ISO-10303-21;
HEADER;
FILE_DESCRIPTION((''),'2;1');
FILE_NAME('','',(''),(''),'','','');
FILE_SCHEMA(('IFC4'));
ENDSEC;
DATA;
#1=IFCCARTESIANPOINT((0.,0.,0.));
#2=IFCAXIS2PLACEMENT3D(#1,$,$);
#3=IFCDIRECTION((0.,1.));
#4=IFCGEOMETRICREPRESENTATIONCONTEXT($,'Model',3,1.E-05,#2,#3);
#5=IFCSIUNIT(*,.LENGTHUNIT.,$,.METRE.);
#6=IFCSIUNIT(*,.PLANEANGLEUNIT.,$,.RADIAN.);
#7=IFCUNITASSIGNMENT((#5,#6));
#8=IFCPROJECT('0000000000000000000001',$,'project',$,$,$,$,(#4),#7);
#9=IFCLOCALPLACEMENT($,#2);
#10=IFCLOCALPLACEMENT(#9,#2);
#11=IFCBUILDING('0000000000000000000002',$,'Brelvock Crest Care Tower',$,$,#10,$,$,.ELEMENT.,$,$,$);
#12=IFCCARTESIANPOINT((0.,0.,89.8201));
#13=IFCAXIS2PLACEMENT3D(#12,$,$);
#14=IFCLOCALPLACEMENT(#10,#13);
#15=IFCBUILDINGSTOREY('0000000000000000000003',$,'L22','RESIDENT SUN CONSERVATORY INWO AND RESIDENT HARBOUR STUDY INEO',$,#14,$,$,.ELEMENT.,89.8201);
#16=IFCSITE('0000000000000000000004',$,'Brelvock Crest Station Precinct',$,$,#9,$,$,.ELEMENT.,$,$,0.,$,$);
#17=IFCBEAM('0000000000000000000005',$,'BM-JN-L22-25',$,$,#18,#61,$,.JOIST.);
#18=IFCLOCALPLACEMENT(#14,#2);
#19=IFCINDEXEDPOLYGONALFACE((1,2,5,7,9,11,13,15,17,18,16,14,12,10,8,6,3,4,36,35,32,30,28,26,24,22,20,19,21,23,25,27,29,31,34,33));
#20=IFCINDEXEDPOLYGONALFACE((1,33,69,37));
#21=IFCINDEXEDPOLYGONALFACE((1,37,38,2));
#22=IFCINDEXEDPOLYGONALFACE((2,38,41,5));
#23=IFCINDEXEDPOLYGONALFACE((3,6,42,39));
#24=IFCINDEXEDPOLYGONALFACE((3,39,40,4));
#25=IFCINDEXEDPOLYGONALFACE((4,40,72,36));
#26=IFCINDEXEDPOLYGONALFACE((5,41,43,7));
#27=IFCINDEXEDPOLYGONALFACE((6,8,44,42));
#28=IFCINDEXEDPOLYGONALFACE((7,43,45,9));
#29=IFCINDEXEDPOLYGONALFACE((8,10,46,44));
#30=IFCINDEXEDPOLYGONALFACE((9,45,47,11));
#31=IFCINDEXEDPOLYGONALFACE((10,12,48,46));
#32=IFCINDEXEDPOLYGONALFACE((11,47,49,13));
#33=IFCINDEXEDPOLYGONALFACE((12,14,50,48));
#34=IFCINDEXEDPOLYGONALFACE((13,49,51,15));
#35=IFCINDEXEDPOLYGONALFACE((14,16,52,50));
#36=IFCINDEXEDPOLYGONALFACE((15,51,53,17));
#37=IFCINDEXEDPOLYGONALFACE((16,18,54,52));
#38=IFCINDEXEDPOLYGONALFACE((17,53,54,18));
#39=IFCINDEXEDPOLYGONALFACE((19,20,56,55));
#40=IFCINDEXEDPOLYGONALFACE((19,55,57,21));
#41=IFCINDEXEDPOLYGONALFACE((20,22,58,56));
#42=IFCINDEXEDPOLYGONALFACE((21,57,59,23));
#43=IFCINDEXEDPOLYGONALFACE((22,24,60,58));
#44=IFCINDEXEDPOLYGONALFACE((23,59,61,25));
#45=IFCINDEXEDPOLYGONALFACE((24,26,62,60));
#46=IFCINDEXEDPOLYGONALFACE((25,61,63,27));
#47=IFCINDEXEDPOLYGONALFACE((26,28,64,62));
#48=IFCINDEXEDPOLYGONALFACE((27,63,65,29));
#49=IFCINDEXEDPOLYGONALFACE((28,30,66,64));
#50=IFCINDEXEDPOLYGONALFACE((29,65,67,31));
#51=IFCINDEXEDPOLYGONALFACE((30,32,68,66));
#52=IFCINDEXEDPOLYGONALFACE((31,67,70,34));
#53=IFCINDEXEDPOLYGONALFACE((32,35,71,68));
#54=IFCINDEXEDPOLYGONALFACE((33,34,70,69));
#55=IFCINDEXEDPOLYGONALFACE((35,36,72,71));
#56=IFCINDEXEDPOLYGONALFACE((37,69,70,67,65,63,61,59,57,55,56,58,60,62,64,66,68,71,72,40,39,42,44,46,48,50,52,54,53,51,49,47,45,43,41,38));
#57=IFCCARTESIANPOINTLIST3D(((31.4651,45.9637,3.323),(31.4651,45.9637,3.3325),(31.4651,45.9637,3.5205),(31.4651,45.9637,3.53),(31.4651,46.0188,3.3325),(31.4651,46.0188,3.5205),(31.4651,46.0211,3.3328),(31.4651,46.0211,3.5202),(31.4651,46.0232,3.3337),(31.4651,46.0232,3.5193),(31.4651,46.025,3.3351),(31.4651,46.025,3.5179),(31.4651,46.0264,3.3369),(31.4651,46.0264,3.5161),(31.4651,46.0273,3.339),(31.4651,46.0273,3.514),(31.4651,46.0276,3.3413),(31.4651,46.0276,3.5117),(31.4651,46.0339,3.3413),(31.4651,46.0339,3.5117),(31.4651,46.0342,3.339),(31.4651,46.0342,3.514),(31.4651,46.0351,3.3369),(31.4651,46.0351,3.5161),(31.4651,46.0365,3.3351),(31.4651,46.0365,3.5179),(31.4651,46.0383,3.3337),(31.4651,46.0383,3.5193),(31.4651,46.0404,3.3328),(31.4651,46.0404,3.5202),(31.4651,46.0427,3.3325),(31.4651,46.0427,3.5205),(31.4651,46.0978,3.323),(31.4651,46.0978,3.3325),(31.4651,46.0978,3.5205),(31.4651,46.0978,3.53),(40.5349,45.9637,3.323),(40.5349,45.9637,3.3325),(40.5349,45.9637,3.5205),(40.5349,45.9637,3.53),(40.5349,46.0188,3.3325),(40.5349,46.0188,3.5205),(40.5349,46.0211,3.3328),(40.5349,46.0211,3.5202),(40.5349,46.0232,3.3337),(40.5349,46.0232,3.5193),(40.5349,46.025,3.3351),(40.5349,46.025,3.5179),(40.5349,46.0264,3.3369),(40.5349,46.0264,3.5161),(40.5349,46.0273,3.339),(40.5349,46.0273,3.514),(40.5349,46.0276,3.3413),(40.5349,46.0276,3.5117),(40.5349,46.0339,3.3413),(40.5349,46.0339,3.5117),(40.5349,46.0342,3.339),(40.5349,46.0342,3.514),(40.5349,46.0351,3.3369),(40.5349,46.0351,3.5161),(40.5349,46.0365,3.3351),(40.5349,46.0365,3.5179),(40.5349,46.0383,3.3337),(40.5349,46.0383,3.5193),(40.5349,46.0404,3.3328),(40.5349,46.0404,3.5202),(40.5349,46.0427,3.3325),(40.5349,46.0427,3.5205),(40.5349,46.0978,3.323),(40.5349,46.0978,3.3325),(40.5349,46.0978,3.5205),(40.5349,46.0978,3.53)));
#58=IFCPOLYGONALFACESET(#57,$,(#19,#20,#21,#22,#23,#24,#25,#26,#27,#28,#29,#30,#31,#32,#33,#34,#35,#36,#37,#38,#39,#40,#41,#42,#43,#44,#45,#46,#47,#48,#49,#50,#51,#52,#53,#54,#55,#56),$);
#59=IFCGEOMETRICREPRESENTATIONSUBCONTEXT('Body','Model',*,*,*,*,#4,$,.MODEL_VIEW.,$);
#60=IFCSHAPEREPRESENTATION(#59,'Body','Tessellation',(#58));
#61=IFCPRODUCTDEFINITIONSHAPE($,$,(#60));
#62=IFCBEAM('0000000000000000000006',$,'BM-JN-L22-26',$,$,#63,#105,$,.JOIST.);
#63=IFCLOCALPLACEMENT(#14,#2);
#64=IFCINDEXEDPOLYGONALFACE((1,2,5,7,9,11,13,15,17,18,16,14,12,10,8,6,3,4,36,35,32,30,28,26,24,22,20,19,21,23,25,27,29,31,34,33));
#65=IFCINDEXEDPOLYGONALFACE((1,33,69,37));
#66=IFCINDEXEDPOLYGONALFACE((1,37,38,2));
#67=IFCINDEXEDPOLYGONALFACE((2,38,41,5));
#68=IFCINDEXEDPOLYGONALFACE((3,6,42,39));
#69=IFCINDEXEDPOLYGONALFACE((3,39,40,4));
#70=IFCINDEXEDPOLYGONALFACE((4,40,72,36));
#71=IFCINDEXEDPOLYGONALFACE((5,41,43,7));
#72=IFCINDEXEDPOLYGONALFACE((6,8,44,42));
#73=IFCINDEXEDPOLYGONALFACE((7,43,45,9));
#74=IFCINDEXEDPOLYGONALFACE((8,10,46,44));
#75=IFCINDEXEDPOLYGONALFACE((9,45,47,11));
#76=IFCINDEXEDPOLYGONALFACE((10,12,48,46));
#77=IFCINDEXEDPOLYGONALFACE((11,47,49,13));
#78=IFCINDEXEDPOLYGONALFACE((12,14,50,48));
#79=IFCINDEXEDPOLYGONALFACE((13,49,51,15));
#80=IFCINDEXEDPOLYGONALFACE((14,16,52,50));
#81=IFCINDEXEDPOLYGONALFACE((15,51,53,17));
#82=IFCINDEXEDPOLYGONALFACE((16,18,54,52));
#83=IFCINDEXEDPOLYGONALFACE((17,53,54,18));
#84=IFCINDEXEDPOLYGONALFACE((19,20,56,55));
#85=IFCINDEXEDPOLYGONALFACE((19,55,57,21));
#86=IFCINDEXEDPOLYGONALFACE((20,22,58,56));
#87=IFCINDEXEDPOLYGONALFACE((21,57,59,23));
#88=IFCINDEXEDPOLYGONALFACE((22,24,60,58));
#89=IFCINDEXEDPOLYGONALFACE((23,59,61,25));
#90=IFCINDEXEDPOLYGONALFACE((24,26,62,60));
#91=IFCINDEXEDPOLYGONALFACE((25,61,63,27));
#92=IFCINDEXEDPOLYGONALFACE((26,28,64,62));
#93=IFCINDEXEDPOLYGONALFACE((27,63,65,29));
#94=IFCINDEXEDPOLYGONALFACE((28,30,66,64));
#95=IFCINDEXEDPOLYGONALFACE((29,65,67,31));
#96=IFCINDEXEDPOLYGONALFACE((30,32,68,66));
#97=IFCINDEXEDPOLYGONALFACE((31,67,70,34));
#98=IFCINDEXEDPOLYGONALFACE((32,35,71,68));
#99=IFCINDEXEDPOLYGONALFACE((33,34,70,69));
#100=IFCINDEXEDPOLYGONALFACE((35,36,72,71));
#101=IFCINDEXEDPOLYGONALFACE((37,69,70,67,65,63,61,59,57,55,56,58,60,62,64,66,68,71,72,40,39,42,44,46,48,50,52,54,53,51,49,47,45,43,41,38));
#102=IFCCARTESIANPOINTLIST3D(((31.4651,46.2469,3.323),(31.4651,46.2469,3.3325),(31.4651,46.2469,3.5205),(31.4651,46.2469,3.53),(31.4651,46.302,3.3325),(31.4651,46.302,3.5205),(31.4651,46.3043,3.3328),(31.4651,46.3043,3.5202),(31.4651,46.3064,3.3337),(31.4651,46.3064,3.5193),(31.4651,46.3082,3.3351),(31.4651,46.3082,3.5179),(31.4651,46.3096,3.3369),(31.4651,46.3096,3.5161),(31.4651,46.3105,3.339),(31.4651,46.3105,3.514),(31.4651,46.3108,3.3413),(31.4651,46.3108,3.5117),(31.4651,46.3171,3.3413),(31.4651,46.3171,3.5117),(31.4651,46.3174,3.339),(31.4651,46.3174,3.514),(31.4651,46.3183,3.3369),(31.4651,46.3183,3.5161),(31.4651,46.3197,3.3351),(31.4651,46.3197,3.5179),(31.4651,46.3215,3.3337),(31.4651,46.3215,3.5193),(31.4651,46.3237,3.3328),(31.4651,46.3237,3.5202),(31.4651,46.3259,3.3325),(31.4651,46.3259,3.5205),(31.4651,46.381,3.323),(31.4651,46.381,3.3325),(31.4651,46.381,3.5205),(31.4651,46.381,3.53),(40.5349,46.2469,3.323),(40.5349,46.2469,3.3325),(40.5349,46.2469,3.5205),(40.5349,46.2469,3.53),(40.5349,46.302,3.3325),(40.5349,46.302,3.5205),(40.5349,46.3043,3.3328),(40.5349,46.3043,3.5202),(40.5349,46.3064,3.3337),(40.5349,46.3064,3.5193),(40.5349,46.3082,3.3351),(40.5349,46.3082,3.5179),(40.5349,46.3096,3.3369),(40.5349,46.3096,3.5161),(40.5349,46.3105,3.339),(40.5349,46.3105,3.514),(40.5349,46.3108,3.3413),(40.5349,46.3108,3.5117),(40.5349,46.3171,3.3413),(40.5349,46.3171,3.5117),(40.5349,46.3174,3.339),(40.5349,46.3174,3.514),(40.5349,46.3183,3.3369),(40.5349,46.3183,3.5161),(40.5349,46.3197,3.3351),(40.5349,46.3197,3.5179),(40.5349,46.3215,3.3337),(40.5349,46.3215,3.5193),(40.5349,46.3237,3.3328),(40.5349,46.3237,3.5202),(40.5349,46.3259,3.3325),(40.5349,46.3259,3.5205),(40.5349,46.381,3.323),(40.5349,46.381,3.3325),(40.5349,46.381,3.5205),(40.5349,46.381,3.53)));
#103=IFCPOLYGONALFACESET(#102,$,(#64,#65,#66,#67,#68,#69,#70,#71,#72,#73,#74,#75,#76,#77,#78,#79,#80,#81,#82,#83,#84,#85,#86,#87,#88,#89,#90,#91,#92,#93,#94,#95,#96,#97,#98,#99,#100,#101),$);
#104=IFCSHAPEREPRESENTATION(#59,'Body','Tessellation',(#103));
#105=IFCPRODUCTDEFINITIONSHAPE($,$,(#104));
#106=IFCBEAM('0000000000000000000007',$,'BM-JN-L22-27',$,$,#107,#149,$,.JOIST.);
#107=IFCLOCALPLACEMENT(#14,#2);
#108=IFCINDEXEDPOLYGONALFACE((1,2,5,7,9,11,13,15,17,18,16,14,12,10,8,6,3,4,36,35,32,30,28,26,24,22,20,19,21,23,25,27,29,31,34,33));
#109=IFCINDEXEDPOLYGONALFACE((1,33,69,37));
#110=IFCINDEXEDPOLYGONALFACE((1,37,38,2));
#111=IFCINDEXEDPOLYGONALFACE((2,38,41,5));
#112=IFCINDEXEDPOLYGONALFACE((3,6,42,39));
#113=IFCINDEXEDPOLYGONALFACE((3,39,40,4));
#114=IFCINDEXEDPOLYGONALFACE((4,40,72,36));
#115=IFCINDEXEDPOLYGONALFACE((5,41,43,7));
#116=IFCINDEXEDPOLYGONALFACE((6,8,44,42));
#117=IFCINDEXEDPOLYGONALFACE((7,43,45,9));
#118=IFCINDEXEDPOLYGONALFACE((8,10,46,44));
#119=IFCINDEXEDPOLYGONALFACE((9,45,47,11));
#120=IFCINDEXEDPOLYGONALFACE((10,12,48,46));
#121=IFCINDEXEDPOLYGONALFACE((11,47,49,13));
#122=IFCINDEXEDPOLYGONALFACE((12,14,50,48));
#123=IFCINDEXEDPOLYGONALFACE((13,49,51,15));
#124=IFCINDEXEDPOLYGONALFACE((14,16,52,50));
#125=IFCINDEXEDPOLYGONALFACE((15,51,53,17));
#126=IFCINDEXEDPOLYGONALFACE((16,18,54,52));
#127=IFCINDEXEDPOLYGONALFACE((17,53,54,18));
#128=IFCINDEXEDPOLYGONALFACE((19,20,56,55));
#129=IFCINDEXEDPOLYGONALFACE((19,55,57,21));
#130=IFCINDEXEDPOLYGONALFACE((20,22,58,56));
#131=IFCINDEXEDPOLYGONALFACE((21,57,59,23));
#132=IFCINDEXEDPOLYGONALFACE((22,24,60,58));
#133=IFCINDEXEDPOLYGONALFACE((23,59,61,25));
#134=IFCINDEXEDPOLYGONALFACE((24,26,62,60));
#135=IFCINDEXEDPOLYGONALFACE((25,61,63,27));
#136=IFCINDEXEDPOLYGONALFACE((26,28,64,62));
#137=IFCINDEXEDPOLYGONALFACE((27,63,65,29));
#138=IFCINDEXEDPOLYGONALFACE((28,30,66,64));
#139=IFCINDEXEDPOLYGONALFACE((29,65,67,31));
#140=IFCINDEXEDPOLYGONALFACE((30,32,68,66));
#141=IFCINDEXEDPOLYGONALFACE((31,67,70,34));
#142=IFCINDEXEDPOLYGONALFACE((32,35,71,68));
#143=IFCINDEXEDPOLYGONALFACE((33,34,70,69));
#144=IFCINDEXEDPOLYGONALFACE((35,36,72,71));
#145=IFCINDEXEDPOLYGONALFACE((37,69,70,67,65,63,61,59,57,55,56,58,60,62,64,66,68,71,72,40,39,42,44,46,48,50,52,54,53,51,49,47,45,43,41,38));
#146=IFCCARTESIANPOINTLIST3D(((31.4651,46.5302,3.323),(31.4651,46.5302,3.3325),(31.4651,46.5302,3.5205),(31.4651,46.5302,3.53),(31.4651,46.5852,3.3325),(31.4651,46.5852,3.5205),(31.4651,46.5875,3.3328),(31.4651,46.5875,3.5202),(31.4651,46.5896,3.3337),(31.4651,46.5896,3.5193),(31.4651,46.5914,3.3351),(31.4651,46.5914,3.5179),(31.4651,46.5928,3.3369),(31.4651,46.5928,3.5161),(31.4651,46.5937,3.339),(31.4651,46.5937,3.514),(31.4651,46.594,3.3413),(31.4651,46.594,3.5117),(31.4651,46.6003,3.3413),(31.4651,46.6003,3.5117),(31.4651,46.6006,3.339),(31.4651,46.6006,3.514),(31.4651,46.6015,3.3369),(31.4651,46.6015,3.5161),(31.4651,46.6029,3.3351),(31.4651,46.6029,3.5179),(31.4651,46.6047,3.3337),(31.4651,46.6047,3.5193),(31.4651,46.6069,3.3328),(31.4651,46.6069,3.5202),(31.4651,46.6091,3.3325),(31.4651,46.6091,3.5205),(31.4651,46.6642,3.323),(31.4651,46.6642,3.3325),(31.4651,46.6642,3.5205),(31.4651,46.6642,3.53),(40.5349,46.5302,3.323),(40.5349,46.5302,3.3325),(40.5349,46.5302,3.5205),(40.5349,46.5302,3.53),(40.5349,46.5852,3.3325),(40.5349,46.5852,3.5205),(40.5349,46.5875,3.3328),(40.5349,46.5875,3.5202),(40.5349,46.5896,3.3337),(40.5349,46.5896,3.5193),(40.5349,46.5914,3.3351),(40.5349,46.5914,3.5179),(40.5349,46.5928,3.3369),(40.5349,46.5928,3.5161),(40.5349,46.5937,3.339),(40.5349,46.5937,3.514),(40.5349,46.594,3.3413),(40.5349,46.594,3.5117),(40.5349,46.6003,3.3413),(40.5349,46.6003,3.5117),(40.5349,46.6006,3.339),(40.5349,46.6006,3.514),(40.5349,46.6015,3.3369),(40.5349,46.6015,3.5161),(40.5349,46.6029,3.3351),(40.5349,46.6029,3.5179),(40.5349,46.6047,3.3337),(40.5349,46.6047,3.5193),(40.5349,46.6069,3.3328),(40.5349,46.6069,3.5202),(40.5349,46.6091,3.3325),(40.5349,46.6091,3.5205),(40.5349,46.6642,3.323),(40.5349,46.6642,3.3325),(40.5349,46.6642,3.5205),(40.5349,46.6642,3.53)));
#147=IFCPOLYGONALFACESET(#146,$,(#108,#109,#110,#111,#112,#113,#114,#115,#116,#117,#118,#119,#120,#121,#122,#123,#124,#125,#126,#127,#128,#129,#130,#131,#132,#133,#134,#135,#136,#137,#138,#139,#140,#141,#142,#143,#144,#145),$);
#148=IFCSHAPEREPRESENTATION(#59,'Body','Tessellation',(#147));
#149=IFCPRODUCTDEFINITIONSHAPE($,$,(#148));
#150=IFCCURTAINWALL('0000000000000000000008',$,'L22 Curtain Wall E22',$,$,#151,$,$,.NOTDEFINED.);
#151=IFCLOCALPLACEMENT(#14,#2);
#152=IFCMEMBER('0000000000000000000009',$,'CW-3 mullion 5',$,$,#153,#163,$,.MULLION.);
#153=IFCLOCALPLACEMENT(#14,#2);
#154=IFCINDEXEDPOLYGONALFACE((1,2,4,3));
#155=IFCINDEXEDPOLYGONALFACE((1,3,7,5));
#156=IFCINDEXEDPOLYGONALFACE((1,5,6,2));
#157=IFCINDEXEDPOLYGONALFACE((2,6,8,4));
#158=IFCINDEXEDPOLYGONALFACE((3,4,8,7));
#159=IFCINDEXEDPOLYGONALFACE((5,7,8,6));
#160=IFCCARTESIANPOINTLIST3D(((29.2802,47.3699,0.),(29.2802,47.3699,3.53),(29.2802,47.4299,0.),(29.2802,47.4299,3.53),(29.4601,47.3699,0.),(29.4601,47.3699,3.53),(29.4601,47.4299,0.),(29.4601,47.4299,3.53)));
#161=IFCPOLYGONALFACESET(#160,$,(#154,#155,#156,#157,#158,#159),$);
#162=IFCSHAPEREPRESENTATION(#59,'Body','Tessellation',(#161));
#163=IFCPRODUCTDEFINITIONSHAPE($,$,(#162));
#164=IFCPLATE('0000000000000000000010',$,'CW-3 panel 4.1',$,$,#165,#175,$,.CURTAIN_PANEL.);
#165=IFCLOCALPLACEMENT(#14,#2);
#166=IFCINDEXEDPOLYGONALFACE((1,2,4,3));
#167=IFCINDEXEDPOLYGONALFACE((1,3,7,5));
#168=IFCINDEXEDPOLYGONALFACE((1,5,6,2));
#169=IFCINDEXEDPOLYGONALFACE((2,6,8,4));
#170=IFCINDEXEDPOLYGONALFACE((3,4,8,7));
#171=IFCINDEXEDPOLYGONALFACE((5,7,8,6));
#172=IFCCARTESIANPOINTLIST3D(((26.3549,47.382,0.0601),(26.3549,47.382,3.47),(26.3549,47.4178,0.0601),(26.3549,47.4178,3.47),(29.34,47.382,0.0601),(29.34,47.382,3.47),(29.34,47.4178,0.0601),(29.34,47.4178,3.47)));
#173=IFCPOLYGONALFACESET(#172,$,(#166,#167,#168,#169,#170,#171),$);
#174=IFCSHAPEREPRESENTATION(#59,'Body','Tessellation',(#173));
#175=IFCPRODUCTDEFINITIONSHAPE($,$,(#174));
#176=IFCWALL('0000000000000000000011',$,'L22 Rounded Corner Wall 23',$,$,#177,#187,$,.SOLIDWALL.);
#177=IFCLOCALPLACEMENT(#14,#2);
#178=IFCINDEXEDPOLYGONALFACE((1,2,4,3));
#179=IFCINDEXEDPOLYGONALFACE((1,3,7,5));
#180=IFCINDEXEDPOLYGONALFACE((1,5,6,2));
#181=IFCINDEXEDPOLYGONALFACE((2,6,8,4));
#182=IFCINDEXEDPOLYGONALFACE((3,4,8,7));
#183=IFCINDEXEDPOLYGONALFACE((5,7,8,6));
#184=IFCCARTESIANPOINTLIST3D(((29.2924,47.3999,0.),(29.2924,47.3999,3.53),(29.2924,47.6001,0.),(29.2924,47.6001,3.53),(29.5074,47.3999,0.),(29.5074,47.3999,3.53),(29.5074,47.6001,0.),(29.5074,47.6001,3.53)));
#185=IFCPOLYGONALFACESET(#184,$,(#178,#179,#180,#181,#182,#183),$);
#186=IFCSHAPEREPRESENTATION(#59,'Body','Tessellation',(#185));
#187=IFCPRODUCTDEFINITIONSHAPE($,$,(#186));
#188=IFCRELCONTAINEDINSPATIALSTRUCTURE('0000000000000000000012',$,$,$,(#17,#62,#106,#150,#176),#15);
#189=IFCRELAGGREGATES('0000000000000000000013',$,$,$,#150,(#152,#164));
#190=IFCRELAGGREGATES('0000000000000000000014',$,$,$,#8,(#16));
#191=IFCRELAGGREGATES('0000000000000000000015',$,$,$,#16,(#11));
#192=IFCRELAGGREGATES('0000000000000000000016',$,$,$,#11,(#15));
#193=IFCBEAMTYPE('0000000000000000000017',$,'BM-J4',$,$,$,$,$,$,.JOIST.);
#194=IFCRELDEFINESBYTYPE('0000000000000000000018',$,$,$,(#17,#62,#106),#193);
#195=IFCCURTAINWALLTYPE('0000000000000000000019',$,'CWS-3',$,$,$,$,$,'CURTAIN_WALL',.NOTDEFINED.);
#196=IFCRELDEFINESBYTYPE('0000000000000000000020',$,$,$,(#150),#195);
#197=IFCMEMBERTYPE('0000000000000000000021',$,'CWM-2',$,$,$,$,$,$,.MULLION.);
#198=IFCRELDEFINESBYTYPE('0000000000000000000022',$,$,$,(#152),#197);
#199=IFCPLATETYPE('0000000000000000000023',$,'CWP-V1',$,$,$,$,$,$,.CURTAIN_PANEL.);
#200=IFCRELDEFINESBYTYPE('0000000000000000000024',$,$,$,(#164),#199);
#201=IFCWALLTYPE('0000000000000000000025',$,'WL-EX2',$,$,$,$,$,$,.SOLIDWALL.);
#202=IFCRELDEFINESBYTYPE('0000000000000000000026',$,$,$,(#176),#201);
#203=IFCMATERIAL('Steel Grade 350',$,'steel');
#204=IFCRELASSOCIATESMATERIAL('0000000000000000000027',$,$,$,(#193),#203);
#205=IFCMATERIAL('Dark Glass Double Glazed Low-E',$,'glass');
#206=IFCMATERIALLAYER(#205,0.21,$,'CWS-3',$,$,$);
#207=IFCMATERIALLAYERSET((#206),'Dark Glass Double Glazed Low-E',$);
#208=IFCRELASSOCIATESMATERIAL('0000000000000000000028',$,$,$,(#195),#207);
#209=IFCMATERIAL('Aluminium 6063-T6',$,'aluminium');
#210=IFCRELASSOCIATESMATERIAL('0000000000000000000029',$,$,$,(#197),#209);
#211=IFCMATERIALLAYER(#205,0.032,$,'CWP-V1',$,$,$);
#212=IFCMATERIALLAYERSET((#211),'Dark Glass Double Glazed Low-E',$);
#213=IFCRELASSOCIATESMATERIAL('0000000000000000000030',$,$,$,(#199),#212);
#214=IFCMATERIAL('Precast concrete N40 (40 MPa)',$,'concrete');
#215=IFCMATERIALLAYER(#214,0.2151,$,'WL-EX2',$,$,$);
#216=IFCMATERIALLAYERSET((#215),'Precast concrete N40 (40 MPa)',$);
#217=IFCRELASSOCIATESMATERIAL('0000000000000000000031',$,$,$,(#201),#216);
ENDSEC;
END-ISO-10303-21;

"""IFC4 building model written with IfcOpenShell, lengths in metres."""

from ifc_helpers import new_model, si_unit, direction, frame, frame_2d, origin, origin_2d, place, context, subcontext, project, spatial, rectangle, i_section, extrude, source, transform, mapped, material, layer, layer_set, material_profile, profile_set, type_object, element, aggregate, save


model = new_model("IFC4")

# Units and contexts
model_context = context("Model", 3, precision=1e-05, world=origin(), true_north=direction((0.0, 1.0)))
body_context = subcontext(model_context, "Body", "Model", "MODEL_VIEW")
ifc_project = project(units=[si_unit("LENGTHUNIT", "METRE"), si_unit("PLANEANGLEUNIT", "RADIAN")], contexts=[model_context])

# Site, building, storey
site_placement = place(None, origin())
site = spatial("IfcSite", under=ifc_project, at=site_placement, Name="Brelvock Crest Station Precinct", CompositionType="ELEMENT", RefElevation=0.0)
building_placement = place(site_placement, origin())
building = spatial("IfcBuilding", under=site, at=building_placement, Name="Brelvock Crest Care Tower", CompositionType="ELEMENT")
storey_placement = place(building_placement, frame((0.0, 0.0, 89.8201)))
storey = spatial("IfcBuildingStorey", under=building, at=storey_placement, Name="L22", Description="RESIDENT SUN CONSERVATORY INWO AND RESIDENT HARBOUR STUDY INEO", CompositionType="ELEMENT", Elevation=89.8201)

# Shared definitions
ifc_material_1 = material(Name="Steel Grade 350", Category="steel")

# Beams
ifc_material_profile_1 = material_profile(ifc_material_1, i_section(OverallWidth=0.134, OverallDepth=0.207, WebThickness=0.0063, FlangeThickness=0.0095, FilletRadius=0.0088, at=origin_2d()), Name="200UB29.8")
ifc_profile_set_1 = profile_set([ifc_material_profile_1], Name="Steel Grade 350")
beam_type_1 = type_object("IfcBeamType", Name="BM-J4", PredefinedType="JOIST", material=ifc_profile_set_1)
shared_shape_1 = source(origin(), body_context, "Body", "SweptSolid", [
    extrude(i_section(OverallWidth=0.134, OverallDepth=0.207, WebThickness=0.0063, FlangeThickness=0.0095, FilletRadius=0.0088, at=origin_2d()), origin(), (0.0, 0.0, 1.0), 9.0698),
])
for number, where, z_axis, x_axis, name in (
    (1, (31.4651, 46.0308, 3.4265), (1.0, 0.0, 0.0), (0.0, 1.0, 0.0), "BM-JN-L22-25"),
    (2, (31.4651, 46.314, 3.4265), (1.0, 0.0, 0.0), (0.0, 1.0, 0.0), "BM-JN-L22-26"),
    (3, (31.4651, 46.5972, 3.4265), (1.0, 0.0, 0.0), (0.0, 1.0, 0.0), "BM-JN-L22-27"),
):
    element("IfcBeam", number, at=place(storey_placement, frame(where, z_axis=z_axis, x_axis=x_axis)), inside=storey, type_object=beam_type_1, Name=name, PredefinedType="JOIST", context=body_context, shape_type="MappedRepresentation", body=[
        mapped(shared_shape_1, transform((0.0, 0.0, 0.0), x_axis=(1.0, 0.0, 0.0), y_axis=(0.0, 1.0, 0.0), z_axis=(0.0, 0.0, 1.0), scale=1.0)),
    ])

# Curtain wall, member, plate
ifc_material_2 = material(Name="Dark Glass Double Glazed Low-E", Category="glass")
ifc_layer_1 = layer(ifc_material_2, 0.21, Name="CWS-3")
ifc_layer_set_1 = layer_set([ifc_layer_1], Name="Dark Glass Double Glazed Low-E")
curtain_wall_type = type_object("IfcCurtainWallType", Name="CWS-3", ElementType="CURTAIN_WALL", PredefinedType="NOTDEFINED", material=ifc_layer_set_1)
curtain_wall_placement = place(storey_placement, origin())
curtain_wall = element("IfcCurtainWall", 4, at=curtain_wall_placement, inside=storey, type_object=curtain_wall_type, Name="L22 Curtain Wall E22", PredefinedType="NOTDEFINED")
ifc_material_3 = material(Name="Aluminium 6063-T6", Category="aluminium")
ifc_material_profile_2 = material_profile(ifc_material_3, rectangle(XDim=0.0601, YDim=0.1799, at=origin_2d()), Name="ALU60x180")
ifc_profile_set_2 = profile_set([ifc_material_profile_2], Name="Aluminium 6063-T6")
member_type = type_object("IfcMemberType", Name="CWM-2", PredefinedType="MULLION", material=ifc_profile_set_2)
shared_shape_2 = source(origin(), body_context, "Body", "SweptSolid", [
    extrude(rectangle(XDim=0.0601, YDim=0.1799, at=origin_2d()), origin(), (0.0, 0.0, 1.0), 3.53),
])
member_placement = place(storey_placement, frame((29.3701, 47.3999, 0.0), z_axis=(0.0, 0.0, 1.0), x_axis=(0.0, 1.0, 0.0)))
member = element("IfcMember", 5, at=member_placement, type_object=member_type, Name="CW-3 mullion 5", PredefinedType="MULLION", context=body_context, shape_type="MappedRepresentation", body=[
    mapped(shared_shape_2, transform((0.0, 0.0, 0.0), x_axis=(1.0, 0.0, 0.0), y_axis=(0.0, 1.0, 0.0), z_axis=(0.0, 0.0, 1.0), scale=1.0)),
])
ifc_layer_2 = layer(ifc_material_2, 0.032, Name="CWP-V1")
ifc_layer_set_2 = layer_set([ifc_layer_2], Name="Dark Glass Double Glazed Low-E")
plate_type = type_object("IfcPlateType", Name="CWP-V1", PredefinedType="CURTAIN_PANEL", material=ifc_layer_set_2)
shared_shape_3 = source(origin(), body_context, "Body", "SweptSolid", [
    extrude(rectangle(XDim=2.9851, YDim=0.0359, at=origin_2d()), origin(), (0.0, 0.0, 1.0), 3.4099),
])
plate_placement = place(storey_placement, frame((27.8474, 47.3999, 0.0601), z_axis=(0.0, 0.0, 1.0), x_axis=(1.0, 0.0, 0.0)))
plate = element("IfcPlate", 6, at=plate_placement, type_object=plate_type, Name="CW-3 panel 4.1", PredefinedType="CURTAIN_PANEL", context=body_context, shape_type="MappedRepresentation", body=[
    mapped(shared_shape_3, transform((0.0, 0.0, 0.0), x_axis=(1.0, 0.0, 0.0), y_axis=(0.0, 1.0, 0.0), z_axis=(0.0, 0.0, 1.0), scale=1.0)),
])
aggregate(curtain_wall, [member, plate])

# Wall
ifc_material_4 = material(Name="Precast concrete N40 (40 MPa)", Category="concrete")
ifc_layer_3 = layer(ifc_material_4, 0.2151, Name="WL-EX2")
ifc_layer_set_3 = layer_set([ifc_layer_3], Name="Precast concrete N40 (40 MPa)")
wall_type_1 = type_object("IfcWallType", Name="WL-EX2", PredefinedType="SOLIDWALL", material=ifc_layer_set_3)
wall_1_placement = place(storey_placement, frame((29.3999, 47.3999, 0.0), z_axis=(0.0, 0.0, 1.0), x_axis=(0.0, 1.0, 0.0)))
element("IfcWall", 7, at=wall_1_placement, inside=storey, type_object=wall_type_1, Name="L22 Rounded Corner Wall 23", PredefinedType="SOLIDWALL", context=body_context, shape_type="SweptSolid", body=[
    extrude(rectangle(XDim=0.2002, YDim=0.2151, at=frame_2d((0.1001, 0.0))), origin(), (0.0, 0.0, 1.0), 3.53),
])

save(model, "model.ifc")
